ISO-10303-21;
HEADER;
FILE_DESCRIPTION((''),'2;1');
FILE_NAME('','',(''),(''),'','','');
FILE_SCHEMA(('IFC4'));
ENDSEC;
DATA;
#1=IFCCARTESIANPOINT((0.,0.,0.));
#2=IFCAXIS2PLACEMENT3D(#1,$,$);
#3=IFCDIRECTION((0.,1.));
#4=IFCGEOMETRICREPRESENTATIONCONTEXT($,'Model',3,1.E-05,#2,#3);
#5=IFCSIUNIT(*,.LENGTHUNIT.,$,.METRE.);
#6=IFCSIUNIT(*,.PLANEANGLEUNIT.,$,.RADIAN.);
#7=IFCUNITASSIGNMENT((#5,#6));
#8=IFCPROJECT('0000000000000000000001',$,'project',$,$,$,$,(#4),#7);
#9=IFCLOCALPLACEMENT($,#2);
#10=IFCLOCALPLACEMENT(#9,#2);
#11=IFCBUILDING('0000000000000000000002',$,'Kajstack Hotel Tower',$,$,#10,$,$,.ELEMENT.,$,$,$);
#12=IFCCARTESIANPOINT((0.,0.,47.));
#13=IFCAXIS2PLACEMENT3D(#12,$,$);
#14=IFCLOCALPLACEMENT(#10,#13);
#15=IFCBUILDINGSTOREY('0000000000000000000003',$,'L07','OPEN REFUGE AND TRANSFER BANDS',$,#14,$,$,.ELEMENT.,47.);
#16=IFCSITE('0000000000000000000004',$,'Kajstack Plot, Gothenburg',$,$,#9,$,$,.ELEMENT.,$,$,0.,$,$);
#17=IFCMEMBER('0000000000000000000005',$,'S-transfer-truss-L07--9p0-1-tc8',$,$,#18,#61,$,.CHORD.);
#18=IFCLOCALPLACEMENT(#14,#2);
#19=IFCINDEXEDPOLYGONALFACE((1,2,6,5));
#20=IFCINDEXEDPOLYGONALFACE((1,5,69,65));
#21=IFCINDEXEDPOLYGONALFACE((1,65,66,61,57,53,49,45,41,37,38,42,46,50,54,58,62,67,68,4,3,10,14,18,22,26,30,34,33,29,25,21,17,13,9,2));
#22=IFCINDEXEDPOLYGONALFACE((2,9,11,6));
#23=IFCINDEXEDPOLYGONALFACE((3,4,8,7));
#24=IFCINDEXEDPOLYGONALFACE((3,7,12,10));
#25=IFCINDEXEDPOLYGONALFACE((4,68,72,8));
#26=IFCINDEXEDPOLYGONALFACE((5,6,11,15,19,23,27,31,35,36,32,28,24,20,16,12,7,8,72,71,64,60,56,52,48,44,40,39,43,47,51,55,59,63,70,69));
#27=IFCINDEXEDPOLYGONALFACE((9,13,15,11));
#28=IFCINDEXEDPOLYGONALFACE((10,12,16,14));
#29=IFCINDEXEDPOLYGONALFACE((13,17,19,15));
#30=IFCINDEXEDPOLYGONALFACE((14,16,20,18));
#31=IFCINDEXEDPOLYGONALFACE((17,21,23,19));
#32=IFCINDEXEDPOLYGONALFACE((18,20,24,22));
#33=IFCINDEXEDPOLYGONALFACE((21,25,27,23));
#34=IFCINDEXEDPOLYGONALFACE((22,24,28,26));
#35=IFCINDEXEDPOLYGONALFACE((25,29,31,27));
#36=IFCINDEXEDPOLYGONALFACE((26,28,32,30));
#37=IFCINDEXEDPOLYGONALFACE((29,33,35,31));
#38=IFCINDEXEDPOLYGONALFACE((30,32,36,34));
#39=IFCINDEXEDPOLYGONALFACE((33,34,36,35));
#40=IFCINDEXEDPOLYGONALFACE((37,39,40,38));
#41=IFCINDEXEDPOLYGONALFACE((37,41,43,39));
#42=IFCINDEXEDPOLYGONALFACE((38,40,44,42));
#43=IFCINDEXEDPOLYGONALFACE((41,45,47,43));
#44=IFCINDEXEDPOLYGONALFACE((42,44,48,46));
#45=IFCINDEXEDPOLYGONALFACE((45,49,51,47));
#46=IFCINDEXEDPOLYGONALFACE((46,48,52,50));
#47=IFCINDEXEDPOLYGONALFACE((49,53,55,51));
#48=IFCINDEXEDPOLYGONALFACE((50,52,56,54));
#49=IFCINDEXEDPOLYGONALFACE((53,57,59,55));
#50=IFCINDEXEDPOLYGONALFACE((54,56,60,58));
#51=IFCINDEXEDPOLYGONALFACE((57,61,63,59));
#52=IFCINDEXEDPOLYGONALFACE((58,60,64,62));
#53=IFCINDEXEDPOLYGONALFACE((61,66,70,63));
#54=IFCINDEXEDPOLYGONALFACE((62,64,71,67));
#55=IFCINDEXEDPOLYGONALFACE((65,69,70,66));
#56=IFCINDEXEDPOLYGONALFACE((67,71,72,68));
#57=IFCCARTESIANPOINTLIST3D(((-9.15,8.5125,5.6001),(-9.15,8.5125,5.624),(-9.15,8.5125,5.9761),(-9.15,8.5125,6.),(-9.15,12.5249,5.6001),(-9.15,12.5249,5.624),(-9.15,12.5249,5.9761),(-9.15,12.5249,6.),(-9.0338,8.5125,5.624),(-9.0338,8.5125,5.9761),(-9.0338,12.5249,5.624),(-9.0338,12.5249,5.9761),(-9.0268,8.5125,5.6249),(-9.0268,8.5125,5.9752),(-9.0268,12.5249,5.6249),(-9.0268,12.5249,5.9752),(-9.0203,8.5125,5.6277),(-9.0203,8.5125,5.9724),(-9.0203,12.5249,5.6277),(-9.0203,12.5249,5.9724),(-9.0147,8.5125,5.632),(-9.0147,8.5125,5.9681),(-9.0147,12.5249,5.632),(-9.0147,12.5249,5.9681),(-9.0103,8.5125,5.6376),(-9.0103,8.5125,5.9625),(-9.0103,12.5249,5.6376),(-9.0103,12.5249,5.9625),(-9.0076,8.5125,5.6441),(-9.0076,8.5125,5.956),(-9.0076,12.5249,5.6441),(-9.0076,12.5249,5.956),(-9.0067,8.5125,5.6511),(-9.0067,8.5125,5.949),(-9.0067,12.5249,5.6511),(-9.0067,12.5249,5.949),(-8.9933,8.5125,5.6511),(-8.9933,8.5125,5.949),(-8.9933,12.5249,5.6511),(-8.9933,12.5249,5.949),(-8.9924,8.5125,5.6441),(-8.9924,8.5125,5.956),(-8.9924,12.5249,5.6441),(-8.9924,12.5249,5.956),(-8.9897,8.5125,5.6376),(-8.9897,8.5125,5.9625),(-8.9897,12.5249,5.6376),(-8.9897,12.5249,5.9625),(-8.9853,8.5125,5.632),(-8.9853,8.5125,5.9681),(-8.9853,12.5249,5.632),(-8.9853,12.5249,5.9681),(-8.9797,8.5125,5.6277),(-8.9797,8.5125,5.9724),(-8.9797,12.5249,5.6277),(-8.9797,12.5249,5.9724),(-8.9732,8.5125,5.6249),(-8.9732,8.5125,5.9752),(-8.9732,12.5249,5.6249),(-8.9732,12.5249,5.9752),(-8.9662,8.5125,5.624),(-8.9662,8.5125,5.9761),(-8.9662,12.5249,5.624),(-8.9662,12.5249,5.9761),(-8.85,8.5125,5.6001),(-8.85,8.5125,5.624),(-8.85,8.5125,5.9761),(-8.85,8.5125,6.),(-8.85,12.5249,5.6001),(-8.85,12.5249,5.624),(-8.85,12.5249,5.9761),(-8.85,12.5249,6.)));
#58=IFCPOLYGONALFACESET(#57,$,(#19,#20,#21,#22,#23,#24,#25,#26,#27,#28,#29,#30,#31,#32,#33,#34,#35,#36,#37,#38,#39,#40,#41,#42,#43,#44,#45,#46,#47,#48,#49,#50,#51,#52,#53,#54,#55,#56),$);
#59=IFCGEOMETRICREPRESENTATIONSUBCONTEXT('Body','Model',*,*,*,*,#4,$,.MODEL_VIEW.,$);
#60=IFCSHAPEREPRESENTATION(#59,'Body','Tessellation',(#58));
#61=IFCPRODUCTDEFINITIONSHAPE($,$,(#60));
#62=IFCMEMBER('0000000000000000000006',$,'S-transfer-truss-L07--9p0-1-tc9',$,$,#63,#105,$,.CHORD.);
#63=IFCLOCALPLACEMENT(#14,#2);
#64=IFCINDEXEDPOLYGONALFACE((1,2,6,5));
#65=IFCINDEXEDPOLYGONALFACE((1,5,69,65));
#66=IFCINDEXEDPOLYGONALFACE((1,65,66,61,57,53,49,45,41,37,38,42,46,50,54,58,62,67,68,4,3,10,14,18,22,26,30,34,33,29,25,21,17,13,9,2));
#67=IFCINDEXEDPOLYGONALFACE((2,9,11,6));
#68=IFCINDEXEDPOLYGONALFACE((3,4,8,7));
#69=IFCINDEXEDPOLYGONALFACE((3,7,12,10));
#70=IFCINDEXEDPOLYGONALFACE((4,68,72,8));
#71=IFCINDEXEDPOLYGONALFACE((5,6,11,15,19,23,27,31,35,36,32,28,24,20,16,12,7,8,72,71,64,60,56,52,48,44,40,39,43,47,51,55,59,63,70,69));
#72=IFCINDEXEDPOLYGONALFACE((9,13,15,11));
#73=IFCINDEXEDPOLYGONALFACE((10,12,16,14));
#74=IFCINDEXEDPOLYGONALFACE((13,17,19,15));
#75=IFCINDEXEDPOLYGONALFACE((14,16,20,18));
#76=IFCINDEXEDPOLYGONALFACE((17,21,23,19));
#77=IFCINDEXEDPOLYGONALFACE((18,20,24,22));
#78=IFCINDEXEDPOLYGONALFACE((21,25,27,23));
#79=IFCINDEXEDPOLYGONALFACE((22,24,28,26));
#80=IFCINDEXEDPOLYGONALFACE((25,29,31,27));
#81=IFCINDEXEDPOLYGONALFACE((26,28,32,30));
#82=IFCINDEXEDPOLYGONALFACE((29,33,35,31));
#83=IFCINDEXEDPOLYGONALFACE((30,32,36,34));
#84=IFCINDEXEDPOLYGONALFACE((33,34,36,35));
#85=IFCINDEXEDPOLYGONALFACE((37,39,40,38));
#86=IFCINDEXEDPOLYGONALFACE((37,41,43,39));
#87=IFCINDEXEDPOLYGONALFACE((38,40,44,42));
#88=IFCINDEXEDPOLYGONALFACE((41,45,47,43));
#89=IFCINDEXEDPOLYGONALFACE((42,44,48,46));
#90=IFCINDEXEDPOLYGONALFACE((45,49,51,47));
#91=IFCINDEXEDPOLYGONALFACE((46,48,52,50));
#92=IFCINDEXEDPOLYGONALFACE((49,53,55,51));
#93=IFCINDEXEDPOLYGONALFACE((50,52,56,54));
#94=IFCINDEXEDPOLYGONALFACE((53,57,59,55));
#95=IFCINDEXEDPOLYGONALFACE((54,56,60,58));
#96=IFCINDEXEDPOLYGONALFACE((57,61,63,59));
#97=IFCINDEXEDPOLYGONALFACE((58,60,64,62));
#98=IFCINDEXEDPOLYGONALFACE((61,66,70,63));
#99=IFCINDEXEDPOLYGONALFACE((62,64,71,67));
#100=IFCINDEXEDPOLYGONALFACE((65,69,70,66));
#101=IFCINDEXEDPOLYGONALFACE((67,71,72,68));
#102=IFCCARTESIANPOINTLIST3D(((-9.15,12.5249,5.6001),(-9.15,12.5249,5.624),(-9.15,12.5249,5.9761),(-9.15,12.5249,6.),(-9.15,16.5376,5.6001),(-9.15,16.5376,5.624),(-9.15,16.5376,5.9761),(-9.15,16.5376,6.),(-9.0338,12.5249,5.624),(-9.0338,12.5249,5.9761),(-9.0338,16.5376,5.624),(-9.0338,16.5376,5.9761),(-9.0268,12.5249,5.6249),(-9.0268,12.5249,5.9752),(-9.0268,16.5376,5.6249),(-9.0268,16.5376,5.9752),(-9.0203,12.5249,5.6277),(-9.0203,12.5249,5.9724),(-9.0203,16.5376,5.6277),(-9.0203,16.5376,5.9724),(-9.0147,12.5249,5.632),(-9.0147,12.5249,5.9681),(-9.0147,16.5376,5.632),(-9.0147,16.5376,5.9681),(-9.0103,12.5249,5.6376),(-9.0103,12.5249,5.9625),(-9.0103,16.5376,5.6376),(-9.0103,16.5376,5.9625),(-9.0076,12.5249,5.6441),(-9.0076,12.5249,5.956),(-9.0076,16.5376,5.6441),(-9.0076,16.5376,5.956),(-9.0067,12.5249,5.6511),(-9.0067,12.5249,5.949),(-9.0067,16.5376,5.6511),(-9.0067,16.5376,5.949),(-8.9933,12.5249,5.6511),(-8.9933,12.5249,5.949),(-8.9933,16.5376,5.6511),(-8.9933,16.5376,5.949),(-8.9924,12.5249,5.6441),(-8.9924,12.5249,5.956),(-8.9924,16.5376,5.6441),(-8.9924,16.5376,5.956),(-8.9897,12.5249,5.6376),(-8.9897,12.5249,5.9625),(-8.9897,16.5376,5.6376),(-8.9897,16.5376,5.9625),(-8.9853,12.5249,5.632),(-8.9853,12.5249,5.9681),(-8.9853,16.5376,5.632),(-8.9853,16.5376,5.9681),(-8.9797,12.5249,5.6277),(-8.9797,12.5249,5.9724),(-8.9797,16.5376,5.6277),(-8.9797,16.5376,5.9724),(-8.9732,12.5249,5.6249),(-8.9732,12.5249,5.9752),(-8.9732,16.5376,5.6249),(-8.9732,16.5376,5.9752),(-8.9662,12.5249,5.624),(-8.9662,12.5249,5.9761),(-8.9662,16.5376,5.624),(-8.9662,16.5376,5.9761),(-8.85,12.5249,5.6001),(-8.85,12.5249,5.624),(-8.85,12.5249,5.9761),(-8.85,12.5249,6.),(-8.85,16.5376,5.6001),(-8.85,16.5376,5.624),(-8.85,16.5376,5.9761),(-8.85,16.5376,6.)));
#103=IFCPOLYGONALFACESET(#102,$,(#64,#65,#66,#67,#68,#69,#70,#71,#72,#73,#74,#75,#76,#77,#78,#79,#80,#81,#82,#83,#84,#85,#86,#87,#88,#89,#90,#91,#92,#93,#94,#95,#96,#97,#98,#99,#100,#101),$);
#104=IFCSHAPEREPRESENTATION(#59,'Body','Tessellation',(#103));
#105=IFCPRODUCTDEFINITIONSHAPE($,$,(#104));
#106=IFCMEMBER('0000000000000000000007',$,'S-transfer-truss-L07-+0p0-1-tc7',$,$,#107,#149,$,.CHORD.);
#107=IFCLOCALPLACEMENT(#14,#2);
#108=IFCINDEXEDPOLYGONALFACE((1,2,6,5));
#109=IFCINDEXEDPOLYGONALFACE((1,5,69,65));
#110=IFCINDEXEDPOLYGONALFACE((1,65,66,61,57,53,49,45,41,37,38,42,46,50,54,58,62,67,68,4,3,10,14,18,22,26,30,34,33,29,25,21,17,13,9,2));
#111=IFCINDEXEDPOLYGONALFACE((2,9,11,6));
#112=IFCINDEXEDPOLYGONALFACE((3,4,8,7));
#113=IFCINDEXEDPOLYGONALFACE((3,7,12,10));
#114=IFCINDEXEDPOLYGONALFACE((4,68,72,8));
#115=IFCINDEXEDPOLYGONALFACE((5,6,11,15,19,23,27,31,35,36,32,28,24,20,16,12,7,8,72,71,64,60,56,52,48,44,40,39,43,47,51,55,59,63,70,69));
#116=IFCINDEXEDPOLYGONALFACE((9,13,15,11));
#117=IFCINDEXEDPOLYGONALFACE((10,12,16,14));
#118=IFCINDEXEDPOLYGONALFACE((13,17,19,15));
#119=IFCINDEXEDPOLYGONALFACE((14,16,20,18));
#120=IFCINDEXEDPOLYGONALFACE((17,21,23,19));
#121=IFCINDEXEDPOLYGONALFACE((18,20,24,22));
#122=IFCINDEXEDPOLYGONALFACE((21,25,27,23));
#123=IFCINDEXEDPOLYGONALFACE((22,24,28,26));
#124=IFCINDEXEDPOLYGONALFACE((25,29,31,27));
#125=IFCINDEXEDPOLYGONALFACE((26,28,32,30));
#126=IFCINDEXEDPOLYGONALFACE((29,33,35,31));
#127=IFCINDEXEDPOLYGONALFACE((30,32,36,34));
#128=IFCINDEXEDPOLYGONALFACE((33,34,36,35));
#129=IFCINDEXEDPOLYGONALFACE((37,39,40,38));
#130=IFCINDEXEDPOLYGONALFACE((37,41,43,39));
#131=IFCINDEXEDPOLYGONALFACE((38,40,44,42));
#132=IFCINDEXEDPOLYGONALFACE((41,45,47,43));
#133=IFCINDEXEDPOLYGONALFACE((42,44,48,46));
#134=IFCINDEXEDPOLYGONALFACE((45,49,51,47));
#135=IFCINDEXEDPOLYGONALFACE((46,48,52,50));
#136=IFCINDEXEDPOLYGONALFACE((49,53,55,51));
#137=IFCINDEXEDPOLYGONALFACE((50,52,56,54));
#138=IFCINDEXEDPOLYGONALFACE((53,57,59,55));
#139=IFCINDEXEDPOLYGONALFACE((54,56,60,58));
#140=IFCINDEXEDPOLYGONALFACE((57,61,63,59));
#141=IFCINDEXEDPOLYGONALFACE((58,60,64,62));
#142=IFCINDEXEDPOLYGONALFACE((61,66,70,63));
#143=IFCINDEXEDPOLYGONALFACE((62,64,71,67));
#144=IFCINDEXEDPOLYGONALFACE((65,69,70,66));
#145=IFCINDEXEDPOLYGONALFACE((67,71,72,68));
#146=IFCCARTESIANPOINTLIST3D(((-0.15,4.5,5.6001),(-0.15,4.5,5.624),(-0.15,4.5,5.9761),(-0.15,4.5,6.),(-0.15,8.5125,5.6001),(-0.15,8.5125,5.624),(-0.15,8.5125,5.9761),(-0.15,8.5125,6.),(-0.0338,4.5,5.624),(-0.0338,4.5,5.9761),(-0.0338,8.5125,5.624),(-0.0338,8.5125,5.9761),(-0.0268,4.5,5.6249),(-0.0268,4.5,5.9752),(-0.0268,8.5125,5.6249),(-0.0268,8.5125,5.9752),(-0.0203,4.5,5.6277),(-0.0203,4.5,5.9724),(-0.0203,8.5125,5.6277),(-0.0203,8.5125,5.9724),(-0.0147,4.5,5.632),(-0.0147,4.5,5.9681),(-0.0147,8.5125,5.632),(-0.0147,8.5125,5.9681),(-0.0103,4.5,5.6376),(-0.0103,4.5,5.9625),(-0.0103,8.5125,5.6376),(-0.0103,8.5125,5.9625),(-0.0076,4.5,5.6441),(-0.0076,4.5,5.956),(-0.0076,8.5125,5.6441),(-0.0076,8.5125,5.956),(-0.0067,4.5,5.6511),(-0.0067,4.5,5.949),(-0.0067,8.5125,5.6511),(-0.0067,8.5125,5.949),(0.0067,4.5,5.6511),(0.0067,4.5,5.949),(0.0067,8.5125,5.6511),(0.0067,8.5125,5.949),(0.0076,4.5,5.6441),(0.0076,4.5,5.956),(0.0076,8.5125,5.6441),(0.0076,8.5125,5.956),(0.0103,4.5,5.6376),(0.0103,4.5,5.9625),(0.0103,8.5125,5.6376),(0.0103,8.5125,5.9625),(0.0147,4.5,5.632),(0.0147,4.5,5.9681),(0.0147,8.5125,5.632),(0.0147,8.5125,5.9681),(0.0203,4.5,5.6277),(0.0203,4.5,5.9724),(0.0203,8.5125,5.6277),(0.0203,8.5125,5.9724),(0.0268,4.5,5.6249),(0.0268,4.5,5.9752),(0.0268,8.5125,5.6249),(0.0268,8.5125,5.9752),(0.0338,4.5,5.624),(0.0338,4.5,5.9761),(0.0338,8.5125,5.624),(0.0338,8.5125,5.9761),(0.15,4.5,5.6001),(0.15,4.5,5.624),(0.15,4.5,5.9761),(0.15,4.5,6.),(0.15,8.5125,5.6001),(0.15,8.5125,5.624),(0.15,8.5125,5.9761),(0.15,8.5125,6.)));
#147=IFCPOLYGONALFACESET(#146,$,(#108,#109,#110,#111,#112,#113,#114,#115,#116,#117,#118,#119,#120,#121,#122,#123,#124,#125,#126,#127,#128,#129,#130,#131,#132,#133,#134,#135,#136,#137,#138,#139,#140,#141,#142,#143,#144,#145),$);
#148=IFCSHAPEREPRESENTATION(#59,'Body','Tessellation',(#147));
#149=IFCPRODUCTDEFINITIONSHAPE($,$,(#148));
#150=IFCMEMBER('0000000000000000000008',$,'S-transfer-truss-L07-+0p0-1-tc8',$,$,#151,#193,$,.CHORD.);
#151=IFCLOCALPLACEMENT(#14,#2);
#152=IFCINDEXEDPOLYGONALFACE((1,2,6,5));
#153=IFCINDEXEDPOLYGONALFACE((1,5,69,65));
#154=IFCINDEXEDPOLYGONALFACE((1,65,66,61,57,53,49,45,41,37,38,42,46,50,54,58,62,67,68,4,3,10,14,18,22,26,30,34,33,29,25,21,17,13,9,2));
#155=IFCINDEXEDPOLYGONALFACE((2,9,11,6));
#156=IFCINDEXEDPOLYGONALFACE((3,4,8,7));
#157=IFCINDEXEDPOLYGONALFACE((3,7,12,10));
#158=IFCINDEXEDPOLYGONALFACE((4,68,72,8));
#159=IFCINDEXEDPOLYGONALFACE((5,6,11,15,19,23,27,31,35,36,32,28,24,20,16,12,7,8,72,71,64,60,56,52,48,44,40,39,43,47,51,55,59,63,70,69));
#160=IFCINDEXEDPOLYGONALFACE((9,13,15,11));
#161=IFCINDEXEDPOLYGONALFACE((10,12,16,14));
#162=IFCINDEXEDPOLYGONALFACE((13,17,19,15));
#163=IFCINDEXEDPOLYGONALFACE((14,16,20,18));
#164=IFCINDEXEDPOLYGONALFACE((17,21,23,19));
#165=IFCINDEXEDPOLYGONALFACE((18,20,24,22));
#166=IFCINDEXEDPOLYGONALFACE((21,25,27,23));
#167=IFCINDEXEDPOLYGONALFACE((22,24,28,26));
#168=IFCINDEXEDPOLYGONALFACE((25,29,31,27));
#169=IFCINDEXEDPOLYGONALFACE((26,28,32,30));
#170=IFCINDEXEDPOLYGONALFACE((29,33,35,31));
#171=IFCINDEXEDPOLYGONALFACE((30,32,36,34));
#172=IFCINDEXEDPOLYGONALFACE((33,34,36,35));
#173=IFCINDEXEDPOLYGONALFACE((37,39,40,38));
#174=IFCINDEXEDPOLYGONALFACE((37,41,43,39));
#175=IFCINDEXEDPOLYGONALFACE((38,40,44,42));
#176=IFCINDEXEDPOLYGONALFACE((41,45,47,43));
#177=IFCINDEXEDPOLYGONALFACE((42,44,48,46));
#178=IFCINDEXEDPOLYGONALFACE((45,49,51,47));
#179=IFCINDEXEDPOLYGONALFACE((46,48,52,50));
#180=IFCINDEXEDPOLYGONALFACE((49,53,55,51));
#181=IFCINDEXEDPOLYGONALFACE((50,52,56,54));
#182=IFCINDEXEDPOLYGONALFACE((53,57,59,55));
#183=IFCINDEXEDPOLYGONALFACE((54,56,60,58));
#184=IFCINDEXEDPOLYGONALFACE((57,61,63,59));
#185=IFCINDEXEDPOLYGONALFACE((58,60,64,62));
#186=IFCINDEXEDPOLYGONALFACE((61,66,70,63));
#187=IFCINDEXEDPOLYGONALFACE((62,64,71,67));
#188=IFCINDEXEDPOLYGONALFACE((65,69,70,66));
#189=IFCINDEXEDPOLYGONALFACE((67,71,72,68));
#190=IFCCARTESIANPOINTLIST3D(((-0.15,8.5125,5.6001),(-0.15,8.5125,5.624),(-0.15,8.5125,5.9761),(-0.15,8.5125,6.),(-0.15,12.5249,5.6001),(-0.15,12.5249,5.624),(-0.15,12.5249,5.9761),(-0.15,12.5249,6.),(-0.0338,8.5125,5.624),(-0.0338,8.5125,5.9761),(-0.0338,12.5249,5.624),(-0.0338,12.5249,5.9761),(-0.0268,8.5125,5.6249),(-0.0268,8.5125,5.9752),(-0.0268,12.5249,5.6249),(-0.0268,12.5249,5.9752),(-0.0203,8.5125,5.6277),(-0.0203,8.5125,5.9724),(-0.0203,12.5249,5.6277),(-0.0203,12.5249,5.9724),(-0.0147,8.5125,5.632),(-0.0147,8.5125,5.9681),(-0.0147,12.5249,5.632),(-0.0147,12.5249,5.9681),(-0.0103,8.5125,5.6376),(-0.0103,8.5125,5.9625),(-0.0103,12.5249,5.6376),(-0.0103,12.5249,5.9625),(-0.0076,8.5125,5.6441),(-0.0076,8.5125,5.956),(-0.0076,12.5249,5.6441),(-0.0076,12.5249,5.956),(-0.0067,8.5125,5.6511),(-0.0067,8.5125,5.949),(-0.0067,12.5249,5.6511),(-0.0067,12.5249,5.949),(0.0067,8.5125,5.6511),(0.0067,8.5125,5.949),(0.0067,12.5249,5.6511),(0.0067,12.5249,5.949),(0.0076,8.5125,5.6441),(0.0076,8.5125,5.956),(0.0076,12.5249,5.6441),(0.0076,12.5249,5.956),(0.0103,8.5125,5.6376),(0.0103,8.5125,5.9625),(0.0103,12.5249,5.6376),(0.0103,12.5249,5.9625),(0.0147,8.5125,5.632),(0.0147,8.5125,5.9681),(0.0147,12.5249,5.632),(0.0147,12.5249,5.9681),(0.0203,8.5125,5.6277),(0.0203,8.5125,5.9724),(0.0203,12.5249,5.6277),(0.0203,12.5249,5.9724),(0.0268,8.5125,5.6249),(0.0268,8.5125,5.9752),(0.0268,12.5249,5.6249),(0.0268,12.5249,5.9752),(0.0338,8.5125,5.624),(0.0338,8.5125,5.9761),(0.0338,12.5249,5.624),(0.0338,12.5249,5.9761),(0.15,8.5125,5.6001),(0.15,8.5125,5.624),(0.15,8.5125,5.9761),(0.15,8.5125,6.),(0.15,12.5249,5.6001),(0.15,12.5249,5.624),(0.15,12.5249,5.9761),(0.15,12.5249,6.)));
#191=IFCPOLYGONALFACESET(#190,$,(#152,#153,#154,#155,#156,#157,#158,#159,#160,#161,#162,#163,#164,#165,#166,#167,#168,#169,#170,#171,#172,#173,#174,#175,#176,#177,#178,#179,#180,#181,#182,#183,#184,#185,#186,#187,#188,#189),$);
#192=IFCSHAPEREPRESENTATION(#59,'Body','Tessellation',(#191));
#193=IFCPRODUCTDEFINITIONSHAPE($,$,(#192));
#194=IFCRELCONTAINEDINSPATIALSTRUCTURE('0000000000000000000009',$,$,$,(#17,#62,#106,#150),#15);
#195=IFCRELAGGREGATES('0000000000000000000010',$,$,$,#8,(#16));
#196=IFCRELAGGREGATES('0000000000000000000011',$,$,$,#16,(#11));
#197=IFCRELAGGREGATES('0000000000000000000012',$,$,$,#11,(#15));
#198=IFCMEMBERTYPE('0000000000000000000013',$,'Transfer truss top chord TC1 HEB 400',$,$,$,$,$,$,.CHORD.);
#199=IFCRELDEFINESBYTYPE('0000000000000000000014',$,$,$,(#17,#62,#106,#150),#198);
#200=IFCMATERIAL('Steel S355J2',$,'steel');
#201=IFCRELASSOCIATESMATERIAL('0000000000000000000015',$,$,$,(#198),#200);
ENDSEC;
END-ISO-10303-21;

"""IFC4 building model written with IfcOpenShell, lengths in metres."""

from ifc_helpers import new_model, si_unit, direction, frame, origin, origin_2d, place, context, subcontext, project, spatial, i_section, extrude, material, material_profile, profile_set, type_object, element, save


model = new_model("IFC4")

# Units and contexts
model_context = context("Model", 3, precision=1e-05, world=origin(), true_north=direction((0.0, 1.0)))
body_context = subcontext(model_context, "Body", "Model", "MODEL_VIEW")
ifc_project = project(units=[si_unit("LENGTHUNIT", "METRE"), si_unit("PLANEANGLEUNIT", "RADIAN")], contexts=[model_context])

# Site, building, storey
site_placement = place(None, origin())
site = spatial("IfcSite", under=ifc_project, at=site_placement, Name="Kajstack Plot, Gothenburg", CompositionType="ELEMENT", RefElevation=0.0)
building_placement = place(site_placement, origin())
building = spatial("IfcBuilding", under=site, at=building_placement, Name="Kajstack Hotel Tower", CompositionType="ELEMENT")
storey_placement = place(building_placement, frame((0.0, 0.0, 47.0)))
storey = spatial("IfcBuildingStorey", under=building, at=storey_placement, Name="L07", Description="OPEN REFUGE AND TRANSFER BANDS", CompositionType="ELEMENT", Elevation=47.0)

# Members
ifc_material = material(Name="Steel S355J2", Category="steel")
ifc_material_profile_1 = material_profile(ifc_material, i_section(OverallWidth=0.3, OverallDepth=0.3999, WebThickness=0.0134, FlangeThickness=0.0239, FilletRadius=0.0271, at=origin_2d()), Name="HEB 400")
ifc_profile_set_1 = profile_set([ifc_material_profile_1], Name="Steel S355J2")
member_type_1 = type_object("IfcMemberType", Name="Transfer truss top chord TC1 HEB 400", PredefinedType="CHORD", material=ifc_profile_set_1)
for number, where, z_axis, x_axis, name in (
    (1, (-9.0, 8.5125, 5.8), (0.0, 1.0, 0.0), (-1.0, 0.0, 0.0), "S-transfer-truss-L07--9p0-1-tc8"),
):
    element("IfcMember", number, at=place(storey_placement, frame(where, z_axis=z_axis, x_axis=x_axis)), inside=storey, type_object=member_type_1, Name=name, PredefinedType="CHORD", context=body_context, shape_type="SweptSolid", body=[
        extrude(i_section(OverallWidth=0.3, OverallDepth=0.3999, WebThickness=0.0134, FlangeThickness=0.0239, FilletRadius=0.0271, at=origin_2d()), origin(), (0.0, 0.0, 1.0), 4.0125),
    ])
member_1_placement = place(storey_placement, frame((-9.0, 12.5249, 5.8), z_axis=(0.0, 1.0, 0.0), x_axis=(-1.0, 0.0, 0.0)))
element("IfcMember", 2, at=member_1_placement, inside=storey, type_object=member_type_1, Name="S-transfer-truss-L07--9p0-1-tc9", PredefinedType="CHORD", context=body_context, shape_type="SweptSolid", body=[
    extrude(i_section(OverallWidth=0.3, OverallDepth=0.3999, WebThickness=0.0134, FlangeThickness=0.0239, FilletRadius=0.0271, at=origin_2d()), origin(), (0.0, 0.0, 1.0), 4.0127),
])
for number, where, z_axis, x_axis, name in (
    (3, (0.0, 4.5, 5.8), (0.0, 1.0, 0.0), (-1.0, 0.0, 0.0), "S-transfer-truss-L07-+0p0-1-tc7"),
    (4, (0.0, 8.5125, 5.8), (0.0, 1.0, 0.0), (-1.0, 0.0, 0.0), "S-transfer-truss-L07-+0p0-1-tc8"),
):
    element("IfcMember", number, at=place(storey_placement, frame(where, z_axis=z_axis, x_axis=x_axis)), inside=storey, type_object=member_type_1, Name=name, PredefinedType="CHORD", context=body_context, shape_type="SweptSolid", body=[
        extrude(i_section(OverallWidth=0.3, OverallDepth=0.3999, WebThickness=0.0134, FlangeThickness=0.0239, FilletRadius=0.0271, at=origin_2d()), origin(), (0.0, 0.0, 1.0), 4.0125),
    ])

save(model, "model.ifc")
